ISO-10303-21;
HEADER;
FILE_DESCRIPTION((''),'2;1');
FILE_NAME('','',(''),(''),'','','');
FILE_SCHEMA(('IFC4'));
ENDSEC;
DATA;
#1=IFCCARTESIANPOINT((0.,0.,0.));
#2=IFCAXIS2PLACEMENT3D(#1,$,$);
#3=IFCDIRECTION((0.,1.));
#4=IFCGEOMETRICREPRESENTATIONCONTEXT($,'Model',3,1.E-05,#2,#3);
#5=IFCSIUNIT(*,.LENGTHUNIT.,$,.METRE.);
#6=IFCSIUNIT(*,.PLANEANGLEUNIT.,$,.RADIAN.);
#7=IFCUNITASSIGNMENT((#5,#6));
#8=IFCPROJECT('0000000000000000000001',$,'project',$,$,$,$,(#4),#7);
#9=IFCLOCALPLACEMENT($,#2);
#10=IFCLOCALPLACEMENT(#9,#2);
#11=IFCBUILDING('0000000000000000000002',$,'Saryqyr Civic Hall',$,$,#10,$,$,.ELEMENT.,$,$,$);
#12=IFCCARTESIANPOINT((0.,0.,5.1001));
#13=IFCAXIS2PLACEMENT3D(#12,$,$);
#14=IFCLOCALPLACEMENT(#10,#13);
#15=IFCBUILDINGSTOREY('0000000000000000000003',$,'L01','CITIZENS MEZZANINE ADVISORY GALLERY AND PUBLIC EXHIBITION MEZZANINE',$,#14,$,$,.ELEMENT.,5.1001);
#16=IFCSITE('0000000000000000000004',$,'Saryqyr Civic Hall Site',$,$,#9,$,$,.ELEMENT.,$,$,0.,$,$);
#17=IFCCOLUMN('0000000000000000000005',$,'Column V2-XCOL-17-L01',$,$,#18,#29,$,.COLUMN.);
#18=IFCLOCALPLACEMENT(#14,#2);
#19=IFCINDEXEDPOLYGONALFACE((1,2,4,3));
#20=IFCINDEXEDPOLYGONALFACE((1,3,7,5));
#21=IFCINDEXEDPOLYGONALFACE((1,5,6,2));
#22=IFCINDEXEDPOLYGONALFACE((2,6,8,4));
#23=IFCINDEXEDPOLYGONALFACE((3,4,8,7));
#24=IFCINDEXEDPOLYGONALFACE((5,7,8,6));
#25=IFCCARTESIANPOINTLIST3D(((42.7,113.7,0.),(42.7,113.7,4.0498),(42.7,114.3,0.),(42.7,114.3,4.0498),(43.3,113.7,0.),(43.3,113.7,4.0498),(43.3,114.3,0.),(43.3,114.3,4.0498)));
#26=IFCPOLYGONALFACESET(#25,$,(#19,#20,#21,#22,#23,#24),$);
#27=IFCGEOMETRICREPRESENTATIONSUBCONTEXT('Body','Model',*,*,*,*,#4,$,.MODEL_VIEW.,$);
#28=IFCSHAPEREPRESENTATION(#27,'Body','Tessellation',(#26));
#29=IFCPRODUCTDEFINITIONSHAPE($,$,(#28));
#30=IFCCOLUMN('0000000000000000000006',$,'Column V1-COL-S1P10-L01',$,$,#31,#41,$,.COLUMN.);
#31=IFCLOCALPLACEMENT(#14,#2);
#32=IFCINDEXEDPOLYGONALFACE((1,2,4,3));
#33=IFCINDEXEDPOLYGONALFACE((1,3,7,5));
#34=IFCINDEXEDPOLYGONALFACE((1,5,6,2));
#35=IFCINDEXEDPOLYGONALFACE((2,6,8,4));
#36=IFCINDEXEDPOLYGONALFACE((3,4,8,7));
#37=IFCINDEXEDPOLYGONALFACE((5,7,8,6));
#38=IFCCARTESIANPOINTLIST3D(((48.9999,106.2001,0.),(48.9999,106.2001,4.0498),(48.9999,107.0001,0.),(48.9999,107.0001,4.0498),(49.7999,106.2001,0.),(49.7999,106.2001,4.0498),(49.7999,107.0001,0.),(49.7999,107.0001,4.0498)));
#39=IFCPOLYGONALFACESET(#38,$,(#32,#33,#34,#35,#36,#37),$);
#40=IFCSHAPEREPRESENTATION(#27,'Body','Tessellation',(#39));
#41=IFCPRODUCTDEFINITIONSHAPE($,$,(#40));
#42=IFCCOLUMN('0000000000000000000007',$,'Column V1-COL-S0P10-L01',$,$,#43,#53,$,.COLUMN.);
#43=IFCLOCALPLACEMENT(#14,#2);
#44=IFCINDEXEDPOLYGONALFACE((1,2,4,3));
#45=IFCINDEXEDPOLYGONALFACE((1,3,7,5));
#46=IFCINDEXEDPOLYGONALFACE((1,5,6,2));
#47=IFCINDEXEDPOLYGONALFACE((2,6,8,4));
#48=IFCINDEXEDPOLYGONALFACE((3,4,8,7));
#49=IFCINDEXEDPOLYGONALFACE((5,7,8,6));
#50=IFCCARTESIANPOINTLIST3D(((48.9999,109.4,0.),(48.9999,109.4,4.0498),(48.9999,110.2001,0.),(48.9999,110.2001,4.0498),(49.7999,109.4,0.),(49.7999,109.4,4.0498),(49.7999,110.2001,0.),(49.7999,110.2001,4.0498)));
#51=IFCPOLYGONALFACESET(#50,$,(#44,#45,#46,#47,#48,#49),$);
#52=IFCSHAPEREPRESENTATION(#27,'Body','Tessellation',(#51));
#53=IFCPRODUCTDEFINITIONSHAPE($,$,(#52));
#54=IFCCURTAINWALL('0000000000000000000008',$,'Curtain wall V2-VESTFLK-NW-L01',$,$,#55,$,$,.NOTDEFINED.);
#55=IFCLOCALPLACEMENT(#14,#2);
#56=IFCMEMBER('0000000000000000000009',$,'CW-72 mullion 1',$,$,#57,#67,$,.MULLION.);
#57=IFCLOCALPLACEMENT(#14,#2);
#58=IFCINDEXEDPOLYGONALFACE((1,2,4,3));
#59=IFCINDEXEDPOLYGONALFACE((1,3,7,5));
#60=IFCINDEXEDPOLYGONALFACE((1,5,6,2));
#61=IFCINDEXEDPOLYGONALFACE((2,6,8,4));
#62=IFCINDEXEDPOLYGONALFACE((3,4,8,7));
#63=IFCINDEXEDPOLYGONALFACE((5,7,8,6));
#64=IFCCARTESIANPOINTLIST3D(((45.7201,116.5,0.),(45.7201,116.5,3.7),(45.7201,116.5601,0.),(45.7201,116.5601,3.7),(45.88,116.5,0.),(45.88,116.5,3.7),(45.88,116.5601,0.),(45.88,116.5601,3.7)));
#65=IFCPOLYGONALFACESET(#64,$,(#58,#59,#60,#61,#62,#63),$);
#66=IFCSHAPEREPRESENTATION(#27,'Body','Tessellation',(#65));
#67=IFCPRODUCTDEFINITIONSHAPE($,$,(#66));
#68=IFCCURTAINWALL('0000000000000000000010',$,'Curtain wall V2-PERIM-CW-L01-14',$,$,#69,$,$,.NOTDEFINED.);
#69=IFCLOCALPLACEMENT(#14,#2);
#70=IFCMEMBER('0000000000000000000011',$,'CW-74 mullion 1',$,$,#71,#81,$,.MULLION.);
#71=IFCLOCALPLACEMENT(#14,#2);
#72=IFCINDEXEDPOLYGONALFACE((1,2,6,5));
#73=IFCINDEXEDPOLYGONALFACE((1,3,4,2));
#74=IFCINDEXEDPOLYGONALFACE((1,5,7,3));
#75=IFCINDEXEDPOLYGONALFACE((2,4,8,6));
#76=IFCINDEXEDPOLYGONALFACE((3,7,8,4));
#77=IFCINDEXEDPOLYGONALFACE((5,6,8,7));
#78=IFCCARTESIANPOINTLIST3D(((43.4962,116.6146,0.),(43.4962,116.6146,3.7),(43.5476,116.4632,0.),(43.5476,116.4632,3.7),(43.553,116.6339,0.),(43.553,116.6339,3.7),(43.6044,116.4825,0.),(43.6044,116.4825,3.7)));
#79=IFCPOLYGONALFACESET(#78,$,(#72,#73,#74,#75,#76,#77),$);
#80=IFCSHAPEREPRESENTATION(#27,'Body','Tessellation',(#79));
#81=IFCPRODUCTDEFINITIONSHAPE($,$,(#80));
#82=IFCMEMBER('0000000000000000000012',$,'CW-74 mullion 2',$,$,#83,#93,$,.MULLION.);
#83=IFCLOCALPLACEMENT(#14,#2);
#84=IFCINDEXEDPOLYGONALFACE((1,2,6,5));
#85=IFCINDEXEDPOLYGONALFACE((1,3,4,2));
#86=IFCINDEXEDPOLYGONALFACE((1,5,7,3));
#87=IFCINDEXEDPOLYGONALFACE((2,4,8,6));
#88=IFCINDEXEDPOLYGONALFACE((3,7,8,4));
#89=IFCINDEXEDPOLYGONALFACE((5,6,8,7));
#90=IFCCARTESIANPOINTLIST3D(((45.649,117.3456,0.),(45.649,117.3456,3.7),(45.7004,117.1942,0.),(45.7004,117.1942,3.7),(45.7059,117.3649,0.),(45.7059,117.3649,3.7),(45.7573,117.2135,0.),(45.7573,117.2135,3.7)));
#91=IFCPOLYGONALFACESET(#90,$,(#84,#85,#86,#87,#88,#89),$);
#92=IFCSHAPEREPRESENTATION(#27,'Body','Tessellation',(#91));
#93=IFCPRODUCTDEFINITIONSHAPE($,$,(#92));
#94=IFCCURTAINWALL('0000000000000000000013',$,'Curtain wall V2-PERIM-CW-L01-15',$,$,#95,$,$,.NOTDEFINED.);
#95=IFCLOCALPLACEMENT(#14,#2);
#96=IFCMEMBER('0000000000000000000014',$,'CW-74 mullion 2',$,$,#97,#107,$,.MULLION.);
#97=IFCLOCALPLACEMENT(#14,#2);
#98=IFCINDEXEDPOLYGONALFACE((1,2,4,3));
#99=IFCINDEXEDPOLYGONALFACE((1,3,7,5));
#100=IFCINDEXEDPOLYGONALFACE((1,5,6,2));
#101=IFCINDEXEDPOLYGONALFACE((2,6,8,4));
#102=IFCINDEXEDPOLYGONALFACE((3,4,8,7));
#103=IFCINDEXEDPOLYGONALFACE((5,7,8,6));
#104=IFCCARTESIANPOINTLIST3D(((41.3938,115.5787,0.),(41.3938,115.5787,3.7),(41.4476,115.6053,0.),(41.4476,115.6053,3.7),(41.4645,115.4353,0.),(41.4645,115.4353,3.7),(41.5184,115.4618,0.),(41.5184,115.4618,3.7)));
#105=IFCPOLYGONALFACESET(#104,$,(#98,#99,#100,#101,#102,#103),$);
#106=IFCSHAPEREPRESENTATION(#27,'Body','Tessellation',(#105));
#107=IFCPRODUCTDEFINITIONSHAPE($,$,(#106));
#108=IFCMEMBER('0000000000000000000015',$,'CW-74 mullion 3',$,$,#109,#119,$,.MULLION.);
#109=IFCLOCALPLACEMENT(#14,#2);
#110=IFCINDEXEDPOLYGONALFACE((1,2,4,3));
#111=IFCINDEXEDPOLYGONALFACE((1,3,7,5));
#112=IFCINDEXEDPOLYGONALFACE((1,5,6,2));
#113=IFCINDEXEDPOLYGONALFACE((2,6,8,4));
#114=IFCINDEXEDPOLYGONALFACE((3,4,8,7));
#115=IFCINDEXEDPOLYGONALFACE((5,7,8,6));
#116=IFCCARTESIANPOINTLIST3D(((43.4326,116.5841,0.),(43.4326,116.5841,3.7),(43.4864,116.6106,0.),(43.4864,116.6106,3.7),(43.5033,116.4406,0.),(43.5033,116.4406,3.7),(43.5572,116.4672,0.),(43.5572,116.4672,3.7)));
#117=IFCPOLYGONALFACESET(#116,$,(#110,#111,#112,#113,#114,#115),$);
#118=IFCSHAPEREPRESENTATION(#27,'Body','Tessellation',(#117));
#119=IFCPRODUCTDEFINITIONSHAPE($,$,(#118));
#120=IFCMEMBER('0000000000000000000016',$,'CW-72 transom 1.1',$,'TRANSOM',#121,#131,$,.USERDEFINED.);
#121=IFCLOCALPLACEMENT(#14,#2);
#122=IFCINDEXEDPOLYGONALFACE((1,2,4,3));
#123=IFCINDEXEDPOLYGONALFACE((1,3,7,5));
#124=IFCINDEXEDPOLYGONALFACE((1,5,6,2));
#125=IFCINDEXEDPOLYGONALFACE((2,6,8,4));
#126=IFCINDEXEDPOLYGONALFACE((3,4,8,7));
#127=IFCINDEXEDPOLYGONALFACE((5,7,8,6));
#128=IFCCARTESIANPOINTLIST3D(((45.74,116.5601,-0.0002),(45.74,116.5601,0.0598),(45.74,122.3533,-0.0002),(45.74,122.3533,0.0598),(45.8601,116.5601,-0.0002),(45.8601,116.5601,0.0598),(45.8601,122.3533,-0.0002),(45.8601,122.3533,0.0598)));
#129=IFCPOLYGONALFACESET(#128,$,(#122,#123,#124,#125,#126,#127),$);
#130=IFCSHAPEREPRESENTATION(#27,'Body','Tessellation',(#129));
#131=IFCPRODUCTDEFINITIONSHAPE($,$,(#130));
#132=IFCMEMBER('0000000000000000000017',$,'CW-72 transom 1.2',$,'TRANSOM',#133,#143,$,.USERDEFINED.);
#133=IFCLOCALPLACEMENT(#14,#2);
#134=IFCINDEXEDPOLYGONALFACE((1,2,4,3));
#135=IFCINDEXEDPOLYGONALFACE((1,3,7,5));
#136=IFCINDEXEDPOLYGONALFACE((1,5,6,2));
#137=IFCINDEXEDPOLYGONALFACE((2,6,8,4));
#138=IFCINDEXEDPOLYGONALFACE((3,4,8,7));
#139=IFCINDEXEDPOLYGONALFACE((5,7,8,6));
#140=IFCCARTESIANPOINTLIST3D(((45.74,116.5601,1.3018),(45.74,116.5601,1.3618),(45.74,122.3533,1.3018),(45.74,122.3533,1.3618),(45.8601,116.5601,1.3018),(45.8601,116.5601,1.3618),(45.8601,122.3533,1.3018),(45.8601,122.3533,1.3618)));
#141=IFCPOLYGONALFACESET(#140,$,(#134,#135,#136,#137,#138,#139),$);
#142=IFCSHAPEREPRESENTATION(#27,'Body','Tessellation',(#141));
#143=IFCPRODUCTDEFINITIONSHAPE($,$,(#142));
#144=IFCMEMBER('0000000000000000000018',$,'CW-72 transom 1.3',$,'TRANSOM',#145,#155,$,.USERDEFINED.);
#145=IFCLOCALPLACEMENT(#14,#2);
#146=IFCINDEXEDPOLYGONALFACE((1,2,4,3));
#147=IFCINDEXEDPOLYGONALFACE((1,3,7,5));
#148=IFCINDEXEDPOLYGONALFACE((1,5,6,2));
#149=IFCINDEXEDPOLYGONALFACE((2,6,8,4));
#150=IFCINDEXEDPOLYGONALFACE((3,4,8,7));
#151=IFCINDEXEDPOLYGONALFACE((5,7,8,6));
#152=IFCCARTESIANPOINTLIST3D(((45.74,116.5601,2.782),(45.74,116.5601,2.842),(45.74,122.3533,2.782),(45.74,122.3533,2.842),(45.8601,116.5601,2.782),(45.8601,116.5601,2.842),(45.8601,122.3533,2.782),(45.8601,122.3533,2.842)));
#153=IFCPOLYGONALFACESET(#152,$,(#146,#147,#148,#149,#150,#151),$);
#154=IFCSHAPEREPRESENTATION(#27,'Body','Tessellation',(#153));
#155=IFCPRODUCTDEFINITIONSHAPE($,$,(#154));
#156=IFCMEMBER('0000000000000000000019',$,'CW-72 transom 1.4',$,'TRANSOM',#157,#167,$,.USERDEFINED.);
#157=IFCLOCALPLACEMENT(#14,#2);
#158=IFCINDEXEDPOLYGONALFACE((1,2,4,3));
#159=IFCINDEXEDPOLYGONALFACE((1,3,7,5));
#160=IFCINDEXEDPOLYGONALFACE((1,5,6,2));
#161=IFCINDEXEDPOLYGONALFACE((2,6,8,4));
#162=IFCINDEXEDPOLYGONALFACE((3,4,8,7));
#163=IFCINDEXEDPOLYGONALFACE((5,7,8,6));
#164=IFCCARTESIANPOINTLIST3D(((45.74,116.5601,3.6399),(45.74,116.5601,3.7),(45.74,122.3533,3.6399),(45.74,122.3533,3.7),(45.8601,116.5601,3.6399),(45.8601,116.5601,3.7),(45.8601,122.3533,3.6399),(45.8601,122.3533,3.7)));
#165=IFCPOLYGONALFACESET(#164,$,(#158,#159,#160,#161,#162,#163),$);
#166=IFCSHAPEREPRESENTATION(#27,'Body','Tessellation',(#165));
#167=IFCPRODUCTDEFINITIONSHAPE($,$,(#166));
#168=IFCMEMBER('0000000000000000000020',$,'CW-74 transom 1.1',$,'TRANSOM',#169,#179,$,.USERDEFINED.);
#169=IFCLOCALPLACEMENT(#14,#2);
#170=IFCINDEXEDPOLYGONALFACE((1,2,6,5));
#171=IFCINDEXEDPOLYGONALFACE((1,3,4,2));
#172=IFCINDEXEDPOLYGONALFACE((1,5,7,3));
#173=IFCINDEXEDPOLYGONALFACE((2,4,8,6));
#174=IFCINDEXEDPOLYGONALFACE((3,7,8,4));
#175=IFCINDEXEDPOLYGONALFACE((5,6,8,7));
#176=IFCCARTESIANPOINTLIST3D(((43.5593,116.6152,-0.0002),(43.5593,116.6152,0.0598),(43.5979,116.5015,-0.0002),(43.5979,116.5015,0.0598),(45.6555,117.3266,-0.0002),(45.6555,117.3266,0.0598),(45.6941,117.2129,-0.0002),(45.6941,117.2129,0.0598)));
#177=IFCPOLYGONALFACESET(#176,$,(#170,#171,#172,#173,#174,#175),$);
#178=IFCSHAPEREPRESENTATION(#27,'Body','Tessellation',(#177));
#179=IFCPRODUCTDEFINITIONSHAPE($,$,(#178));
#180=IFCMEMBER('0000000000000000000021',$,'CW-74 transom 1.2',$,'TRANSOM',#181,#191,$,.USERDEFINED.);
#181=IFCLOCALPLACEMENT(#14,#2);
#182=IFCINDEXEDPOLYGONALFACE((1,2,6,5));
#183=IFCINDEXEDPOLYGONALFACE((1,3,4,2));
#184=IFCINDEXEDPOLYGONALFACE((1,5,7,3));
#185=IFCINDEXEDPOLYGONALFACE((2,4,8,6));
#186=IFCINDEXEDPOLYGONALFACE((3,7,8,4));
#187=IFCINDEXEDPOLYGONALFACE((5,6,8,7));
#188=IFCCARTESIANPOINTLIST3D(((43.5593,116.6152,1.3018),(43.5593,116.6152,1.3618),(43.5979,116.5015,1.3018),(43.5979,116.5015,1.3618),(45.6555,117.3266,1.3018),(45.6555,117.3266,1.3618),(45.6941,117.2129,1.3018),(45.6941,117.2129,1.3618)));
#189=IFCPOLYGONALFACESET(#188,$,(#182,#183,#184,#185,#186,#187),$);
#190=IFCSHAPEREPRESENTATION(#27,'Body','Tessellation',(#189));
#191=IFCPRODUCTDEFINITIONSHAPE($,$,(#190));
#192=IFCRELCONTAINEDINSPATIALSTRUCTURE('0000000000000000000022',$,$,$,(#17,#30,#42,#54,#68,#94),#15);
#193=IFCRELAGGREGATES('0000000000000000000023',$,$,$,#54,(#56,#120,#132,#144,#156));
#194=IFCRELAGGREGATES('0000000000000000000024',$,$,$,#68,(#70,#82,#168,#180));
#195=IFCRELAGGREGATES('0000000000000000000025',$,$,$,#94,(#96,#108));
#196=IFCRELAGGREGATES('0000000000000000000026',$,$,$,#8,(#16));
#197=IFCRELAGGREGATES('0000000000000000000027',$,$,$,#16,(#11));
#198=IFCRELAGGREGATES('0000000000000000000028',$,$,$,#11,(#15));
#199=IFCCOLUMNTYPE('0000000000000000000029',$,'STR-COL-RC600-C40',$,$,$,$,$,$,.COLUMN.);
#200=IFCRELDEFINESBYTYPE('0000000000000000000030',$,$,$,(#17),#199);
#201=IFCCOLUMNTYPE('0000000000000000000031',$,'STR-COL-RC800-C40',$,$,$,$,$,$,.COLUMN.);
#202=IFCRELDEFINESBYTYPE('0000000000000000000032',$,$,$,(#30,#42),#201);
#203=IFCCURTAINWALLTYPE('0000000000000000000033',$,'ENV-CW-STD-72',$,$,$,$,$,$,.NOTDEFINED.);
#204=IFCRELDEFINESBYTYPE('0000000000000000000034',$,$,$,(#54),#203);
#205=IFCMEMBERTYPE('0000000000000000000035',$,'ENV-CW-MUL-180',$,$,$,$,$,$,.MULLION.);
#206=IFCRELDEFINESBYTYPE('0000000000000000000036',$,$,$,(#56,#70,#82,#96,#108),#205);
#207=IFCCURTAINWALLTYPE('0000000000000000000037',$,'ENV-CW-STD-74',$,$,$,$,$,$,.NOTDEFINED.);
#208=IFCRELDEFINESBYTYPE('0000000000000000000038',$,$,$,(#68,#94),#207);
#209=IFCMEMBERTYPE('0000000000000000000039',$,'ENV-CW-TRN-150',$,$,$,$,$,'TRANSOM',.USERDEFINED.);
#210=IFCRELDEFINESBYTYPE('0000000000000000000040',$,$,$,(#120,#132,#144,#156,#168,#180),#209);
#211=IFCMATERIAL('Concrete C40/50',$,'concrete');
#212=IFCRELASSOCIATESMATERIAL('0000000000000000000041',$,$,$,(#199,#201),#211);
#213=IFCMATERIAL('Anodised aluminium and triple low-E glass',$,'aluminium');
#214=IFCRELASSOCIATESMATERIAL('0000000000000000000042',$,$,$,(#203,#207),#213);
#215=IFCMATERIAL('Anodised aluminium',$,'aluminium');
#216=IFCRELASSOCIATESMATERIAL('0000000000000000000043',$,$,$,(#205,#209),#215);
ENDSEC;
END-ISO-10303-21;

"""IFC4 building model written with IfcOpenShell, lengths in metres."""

from ifc_helpers import new_model, si_unit, direction, frame, origin, origin_2d, place, context, subcontext, project, spatial, rectangle, extrude, material, material_profile, profile_set, type_object, element, aggregate, save


model = new_model("IFC4")

# Units and contexts
model_context = context("Model", 3, precision=1e-05, world=origin(), true_north=direction((0.0, 1.0)))
body_context = subcontext(model_context, "Body", "Model", "MODEL_VIEW")
ifc_project = project(units=[si_unit("LENGTHUNIT", "METRE"), si_unit("PLANEANGLEUNIT", "RADIAN")], contexts=[model_context])

# Site, building, storey
site_placement = place(None, origin())
site = spatial("IfcSite", under=ifc_project, at=site_placement, Name="Saryqyr Civic Hall Site", CompositionType="ELEMENT", RefElevation=0.0)
building_placement = place(site_placement, origin())
building = spatial("IfcBuilding", under=site, at=building_placement, Name="Saryqyr Civic Hall", CompositionType="ELEMENT")
storey_placement = place(building_placement, frame((0.0, 0.0, 5.1001)))
storey = spatial("IfcBuildingStorey", under=building, at=storey_placement, Name="L01", Description="CITIZENS MEZZANINE ADVISORY GALLERY AND PUBLIC EXHIBITION MEZZANINE", CompositionType="ELEMENT", Elevation=5.1001)

# Columns
ifc_material_1 = material(Name="Concrete C40/50", Category="concrete")
ifc_material_profile_1 = material_profile(ifc_material_1, rectangle(XDim=0.6001, YDim=0.6001, at=origin_2d()), Name="RC 600x600")
ifc_profile_set_1 = profile_set([ifc_material_profile_1], Name="Concrete C40/50")
column_type_1 = type_object("IfcColumnType", Name="STR-COL-RC600-C40", PredefinedType="COLUMN", material=ifc_profile_set_1)
column_placement = place(storey_placement, frame((43.0, 114.0, 0.0), z_axis=(0.0, 0.0, 1.0), x_axis=(1.0, 0.0, 0.0)))
element("IfcColumn", 1, at=column_placement, inside=storey, type_object=column_type_1, Name="Column V2-XCOL-17-L01", PredefinedType="COLUMN", context=body_context, shape_type="SweptSolid", body=[
    extrude(rectangle(XDim=0.6001, YDim=0.6001, at=origin_2d()), origin(), (0.0, 0.0, 1.0), 4.0498),
])
ifc_material_profile_2 = material_profile(ifc_material_1, rectangle(XDim=0.8, YDim=0.8, at=origin_2d()), Name="RC 800x800")
ifc_profile_set_2 = profile_set([ifc_material_profile_2], Name="Concrete C40/50")
column_type_2 = type_object("IfcColumnType", Name="STR-COL-RC800-C40", PredefinedType="COLUMN", material=ifc_profile_set_2)
for number, where, z_axis, x_axis, name in (
    (2, (49.3999, 106.6001, 0.0), (0.0, 0.0, 1.0), (1.0, 0.0, 0.0), "Column V1-COL-S1P10-L01"),
    (3, (49.3999, 109.8, 0.0), (0.0, 0.0, 1.0), (1.0, 0.0, 0.0), "Column V1-COL-S0P10-L01"),
):
    element("IfcColumn", number, at=place(storey_placement, frame(where, z_axis=z_axis, x_axis=x_axis)), inside=storey, type_object=column_type_2, Name=name, PredefinedType="COLUMN", context=body_context, shape_type="SweptSolid", body=[
        extrude(rectangle(XDim=0.8, YDim=0.8, at=origin_2d()), origin(), (0.0, 0.0, 1.0), 4.0498),
    ])

# Curtain wall, member
ifc_material_2 = material(Name="Anodised aluminium and triple low-E glass", Category="aluminium")
curtain_wall_type_1 = type_object("IfcCurtainWallType", Name="ENV-CW-STD-72", PredefinedType="NOTDEFINED", material=ifc_material_2)
curtain_wall_1_placement = place(storey_placement, origin())
curtain_wall_1 = element("IfcCurtainWall", 4, at=curtain_wall_1_placement, inside=storey, type_object=curtain_wall_type_1, Name="Curtain wall V2-VESTFLK-NW-L01", PredefinedType="NOTDEFINED")
ifc_material_3 = material(Name="Anodised aluminium", Category="aluminium")
ifc_material_profile_3 = material_profile(ifc_material_3, rectangle(XDim=0.0601, YDim=0.1599, at=origin_2d()), Name="ALU MULLION 60x160")
ifc_profile_set_3 = profile_set([ifc_material_profile_3], Name="Anodised aluminium")
member_type_1 = type_object("IfcMemberType", Name="ENV-CW-MUL-180", PredefinedType="MULLION", material=ifc_profile_set_3)
member_1_placement = place(storey_placement, frame((45.8, 116.53, 0.0), z_axis=(0.0, 0.0, 1.0), x_axis=(0.0, 1.0, 0.0)))
member_1 = element("IfcMember", 5, at=member_1_placement, type_object=member_type_1, Name="CW-72 mullion 1", PredefinedType="MULLION", context=body_context, shape_type="SweptSolid", body=[
    extrude(rectangle(XDim=0.0601, YDim=0.1599, at=origin_2d()), origin(), (0.0, 0.0, 1.0), 3.7),
])

# Curtain walls, members
curtain_wall_type_2 = type_object("IfcCurtainWallType", Name="ENV-CW-STD-74", PredefinedType="NOTDEFINED", material=ifc_material_2)
curtain_wall_2_placement = place(storey_placement, origin())
curtain_wall_2 = element("IfcCurtainWall", 6, at=curtain_wall_2_placement, inside=storey, type_object=curtain_wall_type_2, Name="Curtain wall V2-PERIM-CW-L01-14", PredefinedType="NOTDEFINED")
member_2_placement = place(storey_placement, frame((43.5503, 116.5486, 0.0), z_axis=(0.0, 0.0, 1.0), x_axis=(0.946928, 0.321445, 0.0)))
member_2 = element("IfcMember", 7, at=member_2_placement, type_object=member_type_1, Name="CW-74 mullion 1", PredefinedType="MULLION", context=body_context, shape_type="SweptSolid", body=[
    extrude(rectangle(XDim=0.0601, YDim=0.1599, at=origin_2d()), origin(), (0.0, 0.0, 1.0), 3.7),
])
member_3_placement = place(storey_placement, frame((45.7031, 117.2795, 0.0), z_axis=(0.0, 0.0, 1.0), x_axis=(0.946928, 0.321445, 0.0)))
member_3 = element("IfcMember", 8, at=member_3_placement, type_object=member_type_1, Name="CW-74 mullion 2", PredefinedType="MULLION", context=body_context, shape_type="SweptSolid", body=[
    extrude(rectangle(XDim=0.0601, YDim=0.1599, at=origin_2d()), origin(), (0.0, 0.0, 1.0), 3.7),
])
curtain_wall_3_placement = place(storey_placement, origin())
curtain_wall_3 = element("IfcCurtainWall", 9, at=curtain_wall_3_placement, inside=storey, type_object=curtain_wall_type_2, Name="Curtain wall V2-PERIM-CW-L01-15", PredefinedType="NOTDEFINED")
member_4_placement = place(storey_placement, frame((41.4561, 115.5203, 0.0), z_axis=(0.0, 0.0, 1.0), x_axis=(0.896875, 0.442284, 0.0)))
member_4 = element("IfcMember", 10, at=member_4_placement, type_object=member_type_1, Name="CW-74 mullion 2", PredefinedType="MULLION", context=body_context, shape_type="SweptSolid", body=[
    extrude(rectangle(XDim=0.0601, YDim=0.1599, at=origin_2d()), origin(), (0.0, 0.0, 1.0), 3.7),
])
member_5_placement = place(storey_placement, frame((43.4949, 116.5256, 0.0), z_axis=(0.0, 0.0, 1.0), x_axis=(0.896875, 0.442284, 0.0)))
member_5 = element("IfcMember", 11, at=member_5_placement, type_object=member_type_1, Name="CW-74 mullion 3", PredefinedType="MULLION", context=body_context, shape_type="SweptSolid", body=[
    extrude(rectangle(XDim=0.0601, YDim=0.1599, at=origin_2d()), origin(), (0.0, 0.0, 1.0), 3.7),
])

# Members
ifc_material_profile_4 = material_profile(ifc_material_3, rectangle(XDim=0.1201, YDim=0.0601, at=origin_2d()), Name="ALU TRANSOM 120x60")
ifc_profile_set_4 = profile_set([ifc_material_profile_4], Name="Anodised aluminium")
member_type_2 = type_object("IfcMemberType", Name="ENV-CW-TRN-150", ElementType="TRANSOM", PredefinedType="USERDEFINED", material=ifc_profile_set_4)
member_6_placement = place(storey_placement, frame((45.8, 116.5601, 0.0298), z_axis=(0.0, 1.0, 0.0), x_axis=(-1.0, 0.0, 0.0)))
member_6 = element("IfcMember", 12, at=member_6_placement, type_object=member_type_2, Name="CW-72 transom 1.1", ObjectType="TRANSOM", PredefinedType="USERDEFINED", context=body_context, shape_type="SweptSolid", body=[
    extrude(rectangle(XDim=0.1201, YDim=0.0601, at=origin_2d()), origin(), (0.0, 0.0, 1.0), 5.7932),
])
member_7_placement = place(storey_placement, frame((45.8, 116.5601, 1.3318), z_axis=(0.0, 1.0, 0.0), x_axis=(-1.0, 0.0, 0.0)))
member_7 = element("IfcMember", 13, at=member_7_placement, type_object=member_type_2, Name="CW-72 transom 1.2", ObjectType="TRANSOM", PredefinedType="USERDEFINED", context=body_context, shape_type="SweptSolid", body=[
    extrude(rectangle(XDim=0.1201, YDim=0.0601, at=origin_2d()), origin(), (0.0, 0.0, 1.0), 5.7932),
])
member_8_placement = place(storey_placement, frame((45.8, 116.5601, 2.812), z_axis=(0.0, 1.0, 0.0), x_axis=(-1.0, 0.0, 0.0)))
member_8 = element("IfcMember", 14, at=member_8_placement, type_object=member_type_2, Name="CW-72 transom 1.3", ObjectType="TRANSOM", PredefinedType="USERDEFINED", context=body_context, shape_type="SweptSolid", body=[
    extrude(rectangle(XDim=0.1201, YDim=0.0601, at=origin_2d()), origin(), (0.0, 0.0, 1.0), 5.7932),
])
member_9_placement = place(storey_placement, frame((45.8, 116.5601, 3.6699), z_axis=(0.0, 1.0, 0.0), x_axis=(-1.0, 0.0, 0.0)))
member_9 = element("IfcMember", 15, at=member_9_placement, type_object=member_type_2, Name="CW-72 transom 1.4", ObjectType="TRANSOM", PredefinedType="USERDEFINED", context=body_context, shape_type="SweptSolid", body=[
    extrude(rectangle(XDim=0.1201, YDim=0.0601, at=origin_2d()), origin(), (0.0, 0.0, 1.0), 5.7932),
])
aggregate(curtain_wall_1, [member_1, member_6, member_7, member_8, member_9])
member_10_placement = place(storey_placement, frame((43.5786, 116.5583, 0.0298), z_axis=(0.946949, 0.321385, 0.0), x_axis=(-0.321385, 0.946949, 0.0)))
member_10 = element("IfcMember", 16, at=member_10_placement, type_object=member_type_2, Name="CW-74 transom 1.1", ObjectType="TRANSOM", PredefinedType="USERDEFINED", context=body_context, shape_type="SweptSolid", body=[
    extrude(rectangle(XDim=0.1201, YDim=0.0601, at=origin_2d()), origin(), (0.0, 0.0, 1.0), 2.2136),
])
member_11_placement = place(storey_placement, frame((43.5786, 116.5583, 1.3318), z_axis=(0.946949, 0.321385, 0.0), x_axis=(-0.321385, 0.946949, 0.0)))
member_11 = element("IfcMember", 17, at=member_11_placement, type_object=member_type_2, Name="CW-74 transom 1.2", ObjectType="TRANSOM", PredefinedType="USERDEFINED", context=body_context, shape_type="SweptSolid", body=[
    extrude(rectangle(XDim=0.1201, YDim=0.0601, at=origin_2d()), origin(), (0.0, 0.0, 1.0), 2.2136),
])

aggregate(curtain_wall_2, [member_2, member_3, member_10, member_11])
aggregate(curtain_wall_3, [member_4, member_5])

save(model, "model.ifc")
